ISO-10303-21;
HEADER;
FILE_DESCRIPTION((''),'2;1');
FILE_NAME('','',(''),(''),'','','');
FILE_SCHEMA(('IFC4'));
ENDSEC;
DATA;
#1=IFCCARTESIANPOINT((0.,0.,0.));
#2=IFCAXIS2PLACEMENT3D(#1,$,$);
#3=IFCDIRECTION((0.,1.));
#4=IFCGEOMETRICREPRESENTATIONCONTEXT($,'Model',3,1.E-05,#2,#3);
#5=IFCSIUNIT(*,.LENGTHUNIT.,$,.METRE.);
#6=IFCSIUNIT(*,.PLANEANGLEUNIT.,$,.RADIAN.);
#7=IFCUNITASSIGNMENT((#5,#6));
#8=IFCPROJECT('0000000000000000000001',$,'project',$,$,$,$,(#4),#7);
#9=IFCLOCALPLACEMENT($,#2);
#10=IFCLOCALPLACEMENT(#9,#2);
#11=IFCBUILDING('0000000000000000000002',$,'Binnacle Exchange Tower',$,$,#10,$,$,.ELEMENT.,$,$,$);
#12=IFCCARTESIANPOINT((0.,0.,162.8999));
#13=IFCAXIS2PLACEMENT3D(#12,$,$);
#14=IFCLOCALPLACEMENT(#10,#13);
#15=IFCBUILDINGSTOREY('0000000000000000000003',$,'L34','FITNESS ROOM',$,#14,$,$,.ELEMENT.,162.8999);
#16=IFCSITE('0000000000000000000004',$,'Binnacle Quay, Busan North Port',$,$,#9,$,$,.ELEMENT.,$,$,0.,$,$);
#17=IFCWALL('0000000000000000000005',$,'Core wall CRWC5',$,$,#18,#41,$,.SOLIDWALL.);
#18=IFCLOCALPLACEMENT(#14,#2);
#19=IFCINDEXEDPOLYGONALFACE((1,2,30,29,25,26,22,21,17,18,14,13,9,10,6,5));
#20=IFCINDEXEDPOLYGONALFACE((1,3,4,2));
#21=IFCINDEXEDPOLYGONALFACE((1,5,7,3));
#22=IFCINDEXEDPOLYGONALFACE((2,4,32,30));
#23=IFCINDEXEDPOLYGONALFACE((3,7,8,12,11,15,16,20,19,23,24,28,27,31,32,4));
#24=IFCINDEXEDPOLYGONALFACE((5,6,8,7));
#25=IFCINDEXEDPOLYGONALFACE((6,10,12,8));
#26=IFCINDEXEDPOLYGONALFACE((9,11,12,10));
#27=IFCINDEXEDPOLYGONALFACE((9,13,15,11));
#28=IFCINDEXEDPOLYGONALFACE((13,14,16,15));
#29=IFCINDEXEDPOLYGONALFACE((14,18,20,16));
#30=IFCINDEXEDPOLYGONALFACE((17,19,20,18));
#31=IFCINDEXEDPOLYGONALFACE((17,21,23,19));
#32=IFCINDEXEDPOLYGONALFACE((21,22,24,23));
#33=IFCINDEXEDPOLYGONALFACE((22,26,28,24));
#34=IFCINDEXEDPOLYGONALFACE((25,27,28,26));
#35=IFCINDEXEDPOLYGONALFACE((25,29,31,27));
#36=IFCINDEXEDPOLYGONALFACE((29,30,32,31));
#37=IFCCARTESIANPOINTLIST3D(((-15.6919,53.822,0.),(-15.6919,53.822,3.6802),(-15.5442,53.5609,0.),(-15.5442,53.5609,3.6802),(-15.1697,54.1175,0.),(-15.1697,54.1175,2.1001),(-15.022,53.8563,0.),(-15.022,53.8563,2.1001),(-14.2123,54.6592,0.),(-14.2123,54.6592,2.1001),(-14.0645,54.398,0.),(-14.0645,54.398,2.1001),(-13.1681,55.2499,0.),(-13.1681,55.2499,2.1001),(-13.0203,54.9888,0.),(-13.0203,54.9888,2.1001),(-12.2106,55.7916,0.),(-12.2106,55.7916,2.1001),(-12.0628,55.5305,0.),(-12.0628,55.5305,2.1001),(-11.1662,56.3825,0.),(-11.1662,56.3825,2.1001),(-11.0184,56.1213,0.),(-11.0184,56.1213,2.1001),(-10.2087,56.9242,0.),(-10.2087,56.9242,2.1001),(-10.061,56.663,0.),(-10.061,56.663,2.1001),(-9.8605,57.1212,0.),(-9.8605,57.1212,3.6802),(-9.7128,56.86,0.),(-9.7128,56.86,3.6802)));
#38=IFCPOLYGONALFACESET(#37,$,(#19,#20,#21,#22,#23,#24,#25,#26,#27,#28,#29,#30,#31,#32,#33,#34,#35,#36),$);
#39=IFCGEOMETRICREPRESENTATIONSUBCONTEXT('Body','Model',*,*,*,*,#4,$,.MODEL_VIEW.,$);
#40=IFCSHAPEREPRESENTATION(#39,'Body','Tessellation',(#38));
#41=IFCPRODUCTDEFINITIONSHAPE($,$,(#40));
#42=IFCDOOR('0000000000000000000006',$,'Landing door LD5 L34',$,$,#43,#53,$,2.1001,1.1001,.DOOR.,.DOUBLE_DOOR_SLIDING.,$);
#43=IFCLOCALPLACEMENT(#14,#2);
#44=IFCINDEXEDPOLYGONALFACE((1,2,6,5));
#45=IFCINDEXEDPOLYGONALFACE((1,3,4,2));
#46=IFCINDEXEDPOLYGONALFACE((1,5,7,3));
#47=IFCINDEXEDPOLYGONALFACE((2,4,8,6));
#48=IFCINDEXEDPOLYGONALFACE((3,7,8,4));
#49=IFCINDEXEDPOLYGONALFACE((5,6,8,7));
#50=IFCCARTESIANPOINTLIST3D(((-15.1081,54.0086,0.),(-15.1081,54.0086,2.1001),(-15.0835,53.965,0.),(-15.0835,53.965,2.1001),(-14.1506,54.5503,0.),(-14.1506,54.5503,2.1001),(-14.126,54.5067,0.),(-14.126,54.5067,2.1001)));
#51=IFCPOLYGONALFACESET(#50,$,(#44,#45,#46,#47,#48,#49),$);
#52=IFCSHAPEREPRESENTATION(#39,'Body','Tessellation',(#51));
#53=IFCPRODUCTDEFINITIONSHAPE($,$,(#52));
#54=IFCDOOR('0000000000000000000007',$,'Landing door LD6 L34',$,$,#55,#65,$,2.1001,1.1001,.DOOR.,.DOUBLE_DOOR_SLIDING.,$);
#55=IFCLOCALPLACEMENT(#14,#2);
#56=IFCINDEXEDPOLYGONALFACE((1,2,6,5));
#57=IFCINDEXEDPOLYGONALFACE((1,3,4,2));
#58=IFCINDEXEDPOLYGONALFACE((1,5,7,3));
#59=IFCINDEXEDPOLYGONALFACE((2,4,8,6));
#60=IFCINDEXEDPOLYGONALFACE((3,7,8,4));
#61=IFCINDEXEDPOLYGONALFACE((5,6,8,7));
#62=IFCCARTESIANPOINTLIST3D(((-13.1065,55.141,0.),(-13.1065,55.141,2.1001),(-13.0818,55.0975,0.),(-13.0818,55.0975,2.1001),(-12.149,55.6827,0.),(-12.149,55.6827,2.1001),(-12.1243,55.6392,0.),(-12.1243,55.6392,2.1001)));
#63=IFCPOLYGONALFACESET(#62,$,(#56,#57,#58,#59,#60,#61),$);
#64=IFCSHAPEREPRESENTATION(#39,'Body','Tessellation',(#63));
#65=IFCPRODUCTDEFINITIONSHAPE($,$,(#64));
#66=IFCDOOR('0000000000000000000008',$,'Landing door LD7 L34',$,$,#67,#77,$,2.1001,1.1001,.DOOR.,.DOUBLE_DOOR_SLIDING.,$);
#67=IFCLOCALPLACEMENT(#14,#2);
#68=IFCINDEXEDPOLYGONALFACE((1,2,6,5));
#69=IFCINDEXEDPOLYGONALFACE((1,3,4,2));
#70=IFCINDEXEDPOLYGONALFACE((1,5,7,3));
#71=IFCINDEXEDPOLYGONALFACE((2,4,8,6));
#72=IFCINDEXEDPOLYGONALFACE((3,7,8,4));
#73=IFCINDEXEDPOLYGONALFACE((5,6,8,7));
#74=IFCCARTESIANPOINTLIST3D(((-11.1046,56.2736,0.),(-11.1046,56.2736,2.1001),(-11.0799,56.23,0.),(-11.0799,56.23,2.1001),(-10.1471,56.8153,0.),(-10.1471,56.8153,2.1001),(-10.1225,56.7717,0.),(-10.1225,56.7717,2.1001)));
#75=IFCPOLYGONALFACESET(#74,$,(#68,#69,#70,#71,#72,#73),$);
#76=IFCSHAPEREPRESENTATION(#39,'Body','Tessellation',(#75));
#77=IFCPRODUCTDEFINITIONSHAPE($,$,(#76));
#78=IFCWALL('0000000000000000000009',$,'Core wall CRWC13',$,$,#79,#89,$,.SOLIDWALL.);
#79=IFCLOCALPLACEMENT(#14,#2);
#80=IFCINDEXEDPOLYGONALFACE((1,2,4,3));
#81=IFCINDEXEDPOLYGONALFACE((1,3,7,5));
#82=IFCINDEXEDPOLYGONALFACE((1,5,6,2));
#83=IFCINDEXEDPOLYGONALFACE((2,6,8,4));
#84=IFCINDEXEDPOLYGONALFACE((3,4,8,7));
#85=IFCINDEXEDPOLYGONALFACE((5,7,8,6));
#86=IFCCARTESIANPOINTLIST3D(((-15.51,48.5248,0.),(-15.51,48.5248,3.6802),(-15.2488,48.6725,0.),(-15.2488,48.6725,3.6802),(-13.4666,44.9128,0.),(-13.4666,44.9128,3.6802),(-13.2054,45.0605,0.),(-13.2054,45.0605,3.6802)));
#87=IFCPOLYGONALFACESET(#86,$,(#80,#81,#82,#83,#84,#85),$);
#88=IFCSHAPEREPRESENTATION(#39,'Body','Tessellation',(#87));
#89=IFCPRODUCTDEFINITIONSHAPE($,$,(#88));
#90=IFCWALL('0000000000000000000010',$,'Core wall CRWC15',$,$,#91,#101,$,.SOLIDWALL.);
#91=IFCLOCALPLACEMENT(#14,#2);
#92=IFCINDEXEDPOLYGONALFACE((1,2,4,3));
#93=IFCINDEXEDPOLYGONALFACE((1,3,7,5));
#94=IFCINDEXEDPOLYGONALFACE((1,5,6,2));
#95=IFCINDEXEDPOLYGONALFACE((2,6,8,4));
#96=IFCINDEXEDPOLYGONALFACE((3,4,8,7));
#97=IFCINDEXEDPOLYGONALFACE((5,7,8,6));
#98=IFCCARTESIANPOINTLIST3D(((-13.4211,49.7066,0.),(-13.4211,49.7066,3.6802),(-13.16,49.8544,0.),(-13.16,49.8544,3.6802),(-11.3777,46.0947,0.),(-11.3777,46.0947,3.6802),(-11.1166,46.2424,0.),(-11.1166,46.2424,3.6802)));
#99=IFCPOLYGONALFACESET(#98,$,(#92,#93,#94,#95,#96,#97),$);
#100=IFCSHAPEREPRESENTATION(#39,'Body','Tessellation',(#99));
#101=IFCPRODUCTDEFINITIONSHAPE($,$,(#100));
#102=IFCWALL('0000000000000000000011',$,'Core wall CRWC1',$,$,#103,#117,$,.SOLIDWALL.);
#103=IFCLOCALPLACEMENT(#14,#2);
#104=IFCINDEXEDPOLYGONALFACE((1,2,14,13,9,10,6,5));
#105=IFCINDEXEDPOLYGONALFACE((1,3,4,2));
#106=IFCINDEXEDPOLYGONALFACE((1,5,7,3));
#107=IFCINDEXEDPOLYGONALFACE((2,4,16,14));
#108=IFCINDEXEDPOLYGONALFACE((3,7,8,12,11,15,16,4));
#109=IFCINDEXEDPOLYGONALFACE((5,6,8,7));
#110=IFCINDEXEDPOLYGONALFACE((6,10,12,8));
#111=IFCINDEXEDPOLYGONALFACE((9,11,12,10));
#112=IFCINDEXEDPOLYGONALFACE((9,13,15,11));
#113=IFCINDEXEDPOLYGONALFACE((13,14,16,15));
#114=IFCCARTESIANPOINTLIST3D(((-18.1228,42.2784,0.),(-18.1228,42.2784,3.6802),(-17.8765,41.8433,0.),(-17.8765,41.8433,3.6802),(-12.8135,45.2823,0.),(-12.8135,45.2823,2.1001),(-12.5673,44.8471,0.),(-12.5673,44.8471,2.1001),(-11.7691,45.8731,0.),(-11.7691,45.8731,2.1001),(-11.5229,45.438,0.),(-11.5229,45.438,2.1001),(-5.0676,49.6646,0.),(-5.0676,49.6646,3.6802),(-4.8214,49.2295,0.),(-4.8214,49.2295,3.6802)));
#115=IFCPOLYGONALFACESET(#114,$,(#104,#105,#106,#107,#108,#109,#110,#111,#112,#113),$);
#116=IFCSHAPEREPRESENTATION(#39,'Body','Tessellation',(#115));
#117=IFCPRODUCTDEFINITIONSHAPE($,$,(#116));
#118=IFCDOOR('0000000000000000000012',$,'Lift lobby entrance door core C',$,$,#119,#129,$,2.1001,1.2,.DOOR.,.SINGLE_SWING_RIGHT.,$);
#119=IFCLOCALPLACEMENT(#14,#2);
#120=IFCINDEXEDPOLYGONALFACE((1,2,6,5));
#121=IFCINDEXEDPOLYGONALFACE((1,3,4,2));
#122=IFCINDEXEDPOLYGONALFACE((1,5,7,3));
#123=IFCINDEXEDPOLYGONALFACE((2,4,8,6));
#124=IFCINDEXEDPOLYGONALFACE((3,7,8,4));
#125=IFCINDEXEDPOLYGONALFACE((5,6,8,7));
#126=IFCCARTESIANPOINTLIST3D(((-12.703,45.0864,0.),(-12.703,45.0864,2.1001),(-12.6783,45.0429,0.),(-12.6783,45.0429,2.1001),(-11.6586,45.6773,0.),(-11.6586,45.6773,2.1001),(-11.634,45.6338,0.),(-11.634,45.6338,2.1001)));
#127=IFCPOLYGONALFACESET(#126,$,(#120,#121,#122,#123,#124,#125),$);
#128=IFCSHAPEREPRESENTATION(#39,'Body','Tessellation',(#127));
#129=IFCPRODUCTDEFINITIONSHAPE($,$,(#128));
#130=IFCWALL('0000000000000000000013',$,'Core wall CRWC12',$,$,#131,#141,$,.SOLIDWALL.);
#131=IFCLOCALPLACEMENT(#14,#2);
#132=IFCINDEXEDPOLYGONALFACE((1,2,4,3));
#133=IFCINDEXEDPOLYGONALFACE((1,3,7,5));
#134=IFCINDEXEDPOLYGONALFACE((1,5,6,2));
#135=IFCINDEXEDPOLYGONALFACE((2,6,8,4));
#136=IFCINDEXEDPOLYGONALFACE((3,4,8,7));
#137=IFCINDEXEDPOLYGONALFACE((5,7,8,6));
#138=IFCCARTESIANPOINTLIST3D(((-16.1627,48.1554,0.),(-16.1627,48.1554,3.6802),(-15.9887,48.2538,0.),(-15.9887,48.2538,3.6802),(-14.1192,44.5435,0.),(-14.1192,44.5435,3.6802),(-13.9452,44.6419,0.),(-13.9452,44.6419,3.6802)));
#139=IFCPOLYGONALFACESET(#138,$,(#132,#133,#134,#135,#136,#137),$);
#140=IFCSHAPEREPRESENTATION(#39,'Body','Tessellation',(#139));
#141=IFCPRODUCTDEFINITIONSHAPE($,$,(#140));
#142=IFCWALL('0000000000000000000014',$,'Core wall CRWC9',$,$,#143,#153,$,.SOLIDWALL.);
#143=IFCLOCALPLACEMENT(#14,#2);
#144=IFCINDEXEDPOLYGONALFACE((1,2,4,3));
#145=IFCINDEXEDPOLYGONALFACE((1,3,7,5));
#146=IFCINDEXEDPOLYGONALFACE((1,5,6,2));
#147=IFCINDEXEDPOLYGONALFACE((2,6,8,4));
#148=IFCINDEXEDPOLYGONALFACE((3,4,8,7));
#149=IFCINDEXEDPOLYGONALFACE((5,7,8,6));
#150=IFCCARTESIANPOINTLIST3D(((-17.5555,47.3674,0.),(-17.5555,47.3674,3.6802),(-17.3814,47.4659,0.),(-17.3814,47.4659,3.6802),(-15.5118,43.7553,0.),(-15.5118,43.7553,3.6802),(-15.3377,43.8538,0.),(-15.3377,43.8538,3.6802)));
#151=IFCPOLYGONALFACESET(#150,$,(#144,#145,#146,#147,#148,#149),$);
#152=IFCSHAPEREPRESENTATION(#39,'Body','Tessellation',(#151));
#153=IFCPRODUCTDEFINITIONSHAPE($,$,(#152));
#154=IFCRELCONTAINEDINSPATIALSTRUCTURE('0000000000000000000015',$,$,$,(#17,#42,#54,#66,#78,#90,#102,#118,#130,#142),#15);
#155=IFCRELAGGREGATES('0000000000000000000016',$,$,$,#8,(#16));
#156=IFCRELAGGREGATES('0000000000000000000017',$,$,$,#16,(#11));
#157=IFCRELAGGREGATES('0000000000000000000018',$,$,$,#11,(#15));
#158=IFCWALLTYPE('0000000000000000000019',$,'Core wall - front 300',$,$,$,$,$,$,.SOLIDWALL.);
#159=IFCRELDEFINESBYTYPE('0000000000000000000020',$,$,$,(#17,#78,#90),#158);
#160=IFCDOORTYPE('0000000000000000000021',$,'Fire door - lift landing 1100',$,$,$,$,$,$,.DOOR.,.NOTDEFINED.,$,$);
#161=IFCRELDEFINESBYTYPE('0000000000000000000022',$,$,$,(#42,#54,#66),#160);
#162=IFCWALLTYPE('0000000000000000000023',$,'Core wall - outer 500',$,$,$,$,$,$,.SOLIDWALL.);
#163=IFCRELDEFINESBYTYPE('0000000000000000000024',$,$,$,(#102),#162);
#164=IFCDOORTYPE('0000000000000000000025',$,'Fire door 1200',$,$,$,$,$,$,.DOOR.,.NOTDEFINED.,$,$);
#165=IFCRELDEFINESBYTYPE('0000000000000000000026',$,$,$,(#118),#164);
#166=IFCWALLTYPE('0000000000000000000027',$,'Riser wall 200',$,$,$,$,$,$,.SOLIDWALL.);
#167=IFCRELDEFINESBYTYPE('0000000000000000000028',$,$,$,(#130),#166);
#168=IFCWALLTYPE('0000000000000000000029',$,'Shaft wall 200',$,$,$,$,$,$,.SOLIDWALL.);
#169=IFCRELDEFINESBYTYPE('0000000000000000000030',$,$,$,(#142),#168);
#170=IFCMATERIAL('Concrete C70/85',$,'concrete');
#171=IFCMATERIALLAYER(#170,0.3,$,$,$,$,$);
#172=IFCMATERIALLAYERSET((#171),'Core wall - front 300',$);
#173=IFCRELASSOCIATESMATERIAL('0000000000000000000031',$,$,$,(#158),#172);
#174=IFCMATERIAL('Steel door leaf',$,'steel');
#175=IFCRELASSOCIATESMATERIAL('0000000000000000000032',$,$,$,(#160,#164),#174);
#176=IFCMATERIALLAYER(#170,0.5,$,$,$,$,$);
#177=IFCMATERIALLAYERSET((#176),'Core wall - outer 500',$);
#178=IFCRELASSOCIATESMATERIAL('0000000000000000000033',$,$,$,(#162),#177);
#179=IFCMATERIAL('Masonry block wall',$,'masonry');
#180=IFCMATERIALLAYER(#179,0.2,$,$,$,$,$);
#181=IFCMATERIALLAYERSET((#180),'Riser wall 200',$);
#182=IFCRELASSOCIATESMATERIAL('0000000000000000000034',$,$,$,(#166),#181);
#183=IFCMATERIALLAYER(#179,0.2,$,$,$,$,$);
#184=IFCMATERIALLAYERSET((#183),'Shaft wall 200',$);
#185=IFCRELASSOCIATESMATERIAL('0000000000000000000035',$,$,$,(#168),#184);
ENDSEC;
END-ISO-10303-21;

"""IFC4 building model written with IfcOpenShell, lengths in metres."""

from ifc_helpers import new_model, si_unit, direction, frame, frame_2d, origin, place, context, subcontext, project, spatial, rectangle, extrude, material, layer, layer_set, type_object, element, fill, save


model = new_model("IFC4")

# Units and contexts
model_context = context("Model", 3, precision=1e-05, world=origin(), true_north=direction((0.0, 1.0)))
body_context = subcontext(model_context, "Body", "Model", "MODEL_VIEW")
ifc_project = project(units=[si_unit("LENGTHUNIT", "METRE"), si_unit("PLANEANGLEUNIT", "RADIAN")], contexts=[model_context])

# Site, building, storey
site_placement = place(None, origin())
site = spatial("IfcSite", under=ifc_project, at=site_placement, Name="Binnacle Quay, Busan North Port", CompositionType="ELEMENT", RefElevation=0.0)
building_placement = place(site_placement, origin())
building = spatial("IfcBuilding", under=site, at=building_placement, Name="Binnacle Exchange Tower", CompositionType="ELEMENT")
storey_placement = place(building_placement, frame((0.0, 0.0, 162.8999)))
storey = spatial("IfcBuildingStorey", under=building, at=storey_placement, Name="L34", Description="FITNESS ROOM", CompositionType="ELEMENT", Elevation=162.8999)

# Wall, openings, doors
ifc_material_1 = material(Name="Concrete C70/85", Category="concrete")
ifc_layer_1 = layer(ifc_material_1, 0.3)
ifc_layer_set_1 = layer_set([ifc_layer_1], Name="Core wall - front 300")
wall_type_1 = type_object("IfcWallType", Name="Core wall - front 300", PredefinedType="SOLIDWALL", material=ifc_layer_set_1)
ifc_material_2 = material(Name="Steel door leaf", Category="steel")
wall_1_placement = place(storey_placement, frame((-15.6182, 53.6914, 0.0), z_axis=(0.0, 0.0, 1.0), x_axis=(0.870363, 0.49241, 0.0)))
wall_1 = element("IfcWall", 1, at=wall_1_placement, inside=storey, type_object=wall_type_1, Name="Core wall CRWC5", PredefinedType="SOLIDWALL", context=body_context, shape_type="SweptSolid", body=[
    extrude(rectangle(XDim=6.7, YDim=0.3, at=frame_2d((3.3501, 0.0))), origin(), (0.0, 0.0, 1.0), 3.6802),
])
opening_1_placement = place(wall_1_placement, frame((0.6001, 0.0, 0.0)))
opening_1 = element("IfcOpeningElement", 2, at=opening_1_placement, cuts=wall_1, PredefinedType="OPENING", context=body_context, shape_type="SweptSolid", body=[
    extrude(rectangle(XDim=1.1001, YDim=2.1001, at=frame_2d((0.55, 1.05))), frame((0.0, 0.1599, 0.0), z_axis=(0.0, -1.0, 0.0), x_axis=(1.0, 0.0, 0.0)), (0.0, 0.0, 1.0), 0.3201),
])
opening_2_placement = place(wall_1_placement, frame((2.8999, 0.0, 0.0)))
opening_2 = element("IfcOpeningElement", 3, at=opening_2_placement, cuts=wall_1, PredefinedType="OPENING", context=body_context, shape_type="SweptSolid", body=[
    extrude(rectangle(XDim=1.1001, YDim=2.1001, at=frame_2d((0.55, 1.05))), frame((0.0, 0.1599, 0.0), z_axis=(0.0, -1.0, 0.0), x_axis=(1.0, 0.0, 0.0)), (0.0, 0.0, 1.0), 0.3201),
])
opening_3_placement = place(wall_1_placement, frame((5.2, 0.0, 0.0)))
opening_3 = element("IfcOpeningElement", 4, at=opening_3_placement, cuts=wall_1, PredefinedType="OPENING", context=body_context, shape_type="SweptSolid", body=[
    extrude(rectangle(XDim=1.1001, YDim=2.1001, at=frame_2d((0.55, 1.05))), frame((0.0, 0.1599, 0.0), z_axis=(0.0, -1.0, 0.0), x_axis=(1.0, 0.0, 0.0)), (0.0, 0.0, 1.0), 0.3201),
])
door_type_1 = type_object("IfcDoorType", Name="Fire door - lift landing 1100", OperationType="NOTDEFINED", PredefinedType="DOOR", material=ifc_material_2)
door_1_placement = place(opening_1_placement, origin())
door_1 = element("IfcDoor", 5, at=door_1_placement, inside=storey, type_object=door_type_1, Name="Landing door LD5 L34", OperationType="DOUBLE_DOOR_SLIDING", OverallHeight=2.1001, OverallWidth=1.1001, PredefinedType="DOOR", context=body_context, shape_type="SweptSolid", body=[
    extrude(rectangle(XDim=1.1001, YDim=2.1001, at=frame_2d((0.55, 1.05))), frame((0.0, 0.0249, 0.0), z_axis=(0.0, -1.0, 0.0), x_axis=(1.0, 0.0, 0.0)), (0.0, 0.0, 1.0), 0.05),
])
fill(opening_1, door_1)
door_2_placement = place(opening_2_placement, origin())
door_2 = element("IfcDoor", 6, at=door_2_placement, inside=storey, type_object=door_type_1, Name="Landing door LD6 L34", OperationType="DOUBLE_DOOR_SLIDING", OverallHeight=2.1001, OverallWidth=1.1001, PredefinedType="DOOR", context=body_context, shape_type="SweptSolid", body=[
    extrude(rectangle(XDim=1.1001, YDim=2.1001, at=frame_2d((0.55, 1.05))), frame((0.0, 0.0249, 0.0), z_axis=(0.0, -1.0, 0.0), x_axis=(1.0, 0.0, 0.0)), (0.0, 0.0, 1.0), 0.05),
])
fill(opening_2, door_2)
door_3_placement = place(opening_3_placement, origin())
door_3 = element("IfcDoor", 7, at=door_3_placement, inside=storey, type_object=door_type_1, Name="Landing door LD7 L34", OperationType="DOUBLE_DOOR_SLIDING", OverallHeight=2.1001, OverallWidth=1.1001, PredefinedType="DOOR", context=body_context, shape_type="SweptSolid", body=[
    extrude(rectangle(XDim=1.1001, YDim=2.1001, at=frame_2d((0.55, 1.05))), frame((0.0, 0.0249, 0.0), z_axis=(0.0, -1.0, 0.0), x_axis=(1.0, 0.0, 0.0)), (0.0, 0.0, 1.0), 0.05),
])
fill(opening_3, door_3)

# Walls
for number, where, z_axis, x_axis, name in (
    (8, (-15.3794, 48.5986, 0.0), (0.0, 0.0, 1.0), (0.492396, -0.870371, 0.0), "Core wall CRWC13"),
    (9, (-13.2905, 49.7805, 0.0), (0.0, 0.0, 1.0), (0.492396, -0.870371, 0.0), "Core wall CRWC15"),
):
    element("IfcWall", number, at=place(storey_placement, frame(where, z_axis=z_axis, x_axis=x_axis)), inside=storey, type_object=wall_type_1, Name=name, PredefinedType="SOLIDWALL", context=body_context, shape_type="SweptSolid", body=[
        extrude(rectangle(XDim=4.1499, YDim=0.3, at=frame_2d((2.075, 0.0))), origin(), (0.0, 0.0, 1.0), 3.6802),
    ])

# Wall, opening, door
ifc_layer_2 = layer(ifc_material_1, 0.5)
ifc_layer_set_2 = layer_set([ifc_layer_2], Name="Core wall - outer 500")
wall_type_2 = type_object("IfcWallType", Name="Core wall - outer 500", PredefinedType="SOLIDWALL", material=ifc_layer_set_2)
wall_2_placement = place(storey_placement, frame((-17.9998, 42.0608, 0.0), z_axis=(0.0, 0.0, 1.0), x_axis=(0.870357, 0.492422, 0.0)))
wall_2 = element("IfcWall", 10, at=wall_2_placement, inside=storey, type_object=wall_type_2, Name="Core wall CRWC1", PredefinedType="SOLIDWALL", context=body_context, shape_type="SweptSolid", body=[
    extrude(rectangle(XDim=14.9998, YDim=0.5, at=frame_2d((7.5, 0.0))), origin(), (0.0, 0.0, 1.0), 3.6802),
])
opening_4_placement = place(wall_2_placement, frame((6.1001, 0.0, 0.0)))
opening_4 = element("IfcOpeningElement", 11, at=opening_4_placement, cuts=wall_2, PredefinedType="OPENING", context=body_context, shape_type="SweptSolid", body=[
    extrude(rectangle(XDim=1.2, YDim=2.1001, at=frame_2d((0.6001, 1.05))), frame((0.0, 0.26, 0.0), z_axis=(0.0, -1.0, 0.0), x_axis=(1.0, 0.0, 0.0)), (0.0, 0.0, 1.0), 0.52),
])
door_type_2 = type_object("IfcDoorType", Name="Fire door 1200", OperationType="NOTDEFINED", PredefinedType="DOOR", material=ifc_material_2)
door_4_placement = place(opening_4_placement, frame((1.2, 0.0, 0.0), z_axis=(0.0, 0.0, 1.0), x_axis=(-1.0, 0.0, 0.0)))
door_4 = element("IfcDoor", 12, at=door_4_placement, inside=storey, type_object=door_type_2, Name="Lift lobby entrance door core C", OperationType="SINGLE_SWING_RIGHT", OverallHeight=2.1001, OverallWidth=1.2, PredefinedType="DOOR", context=body_context, shape_type="SweptSolid", body=[
    extrude(rectangle(XDim=1.2, YDim=2.1001, at=frame_2d((0.6001, 1.05))), frame((0.0, 0.0249, 0.0), z_axis=(0.0, -1.0, 0.0), x_axis=(1.0, 0.0, 0.0)), (0.0, 0.0, 1.0), 0.05),
])
fill(opening_4, door_4)

# Walls
ifc_material_3 = material(Name="Masonry block wall", Category="masonry")
ifc_layer_3 = layer(ifc_material_3, 0.2)
ifc_layer_set_3 = layer_set([ifc_layer_3], Name="Riser wall 200")
wall_type_3 = type_object("IfcWallType", Name="Riser wall 200", PredefinedType="SOLIDWALL", material=ifc_layer_set_3)
wall_3_placement = place(storey_placement, frame((-16.0757, 48.2046, 0.0), z_axis=(0.0, 0.0, 1.0), x_axis=(0.492422, -0.870357, 0.0)))
element("IfcWall", 13, at=wall_3_placement, inside=storey, type_object=wall_type_3, Name="Core wall CRWC12", PredefinedType="SOLIDWALL", context=body_context, shape_type="SweptSolid", body=[
    extrude(rectangle(XDim=4.1499, YDim=0.2, at=frame_2d((2.075, 0.0))), origin(), (0.0, 0.0, 1.0), 3.6802),
])
ifc_layer_4 = layer(ifc_material_3, 0.2)
ifc_layer_set_4 = layer_set([ifc_layer_4], Name="Shaft wall 200")
wall_type_4 = type_object("IfcWallType", Name="Shaft wall 200", PredefinedType="SOLIDWALL", material=ifc_layer_set_4)
wall_4_placement = place(storey_placement, frame((-17.4685, 47.4167, 0.0), z_axis=(0.0, 0.0, 1.0), x_axis=(0.492441, -0.870346, 0.0)))
element("IfcWall", 14, at=wall_4_placement, inside=storey, type_object=wall_type_4, Name="Core wall CRWC9", PredefinedType="SOLIDWALL", context=body_context, shape_type="SweptSolid", body=[
    extrude(rectangle(XDim=4.1501, YDim=0.2, at=frame_2d((2.0752, 0.0))), origin(), (0.0, 0.0, 1.0), 3.6802),
])

save(model, "model.ifc")
